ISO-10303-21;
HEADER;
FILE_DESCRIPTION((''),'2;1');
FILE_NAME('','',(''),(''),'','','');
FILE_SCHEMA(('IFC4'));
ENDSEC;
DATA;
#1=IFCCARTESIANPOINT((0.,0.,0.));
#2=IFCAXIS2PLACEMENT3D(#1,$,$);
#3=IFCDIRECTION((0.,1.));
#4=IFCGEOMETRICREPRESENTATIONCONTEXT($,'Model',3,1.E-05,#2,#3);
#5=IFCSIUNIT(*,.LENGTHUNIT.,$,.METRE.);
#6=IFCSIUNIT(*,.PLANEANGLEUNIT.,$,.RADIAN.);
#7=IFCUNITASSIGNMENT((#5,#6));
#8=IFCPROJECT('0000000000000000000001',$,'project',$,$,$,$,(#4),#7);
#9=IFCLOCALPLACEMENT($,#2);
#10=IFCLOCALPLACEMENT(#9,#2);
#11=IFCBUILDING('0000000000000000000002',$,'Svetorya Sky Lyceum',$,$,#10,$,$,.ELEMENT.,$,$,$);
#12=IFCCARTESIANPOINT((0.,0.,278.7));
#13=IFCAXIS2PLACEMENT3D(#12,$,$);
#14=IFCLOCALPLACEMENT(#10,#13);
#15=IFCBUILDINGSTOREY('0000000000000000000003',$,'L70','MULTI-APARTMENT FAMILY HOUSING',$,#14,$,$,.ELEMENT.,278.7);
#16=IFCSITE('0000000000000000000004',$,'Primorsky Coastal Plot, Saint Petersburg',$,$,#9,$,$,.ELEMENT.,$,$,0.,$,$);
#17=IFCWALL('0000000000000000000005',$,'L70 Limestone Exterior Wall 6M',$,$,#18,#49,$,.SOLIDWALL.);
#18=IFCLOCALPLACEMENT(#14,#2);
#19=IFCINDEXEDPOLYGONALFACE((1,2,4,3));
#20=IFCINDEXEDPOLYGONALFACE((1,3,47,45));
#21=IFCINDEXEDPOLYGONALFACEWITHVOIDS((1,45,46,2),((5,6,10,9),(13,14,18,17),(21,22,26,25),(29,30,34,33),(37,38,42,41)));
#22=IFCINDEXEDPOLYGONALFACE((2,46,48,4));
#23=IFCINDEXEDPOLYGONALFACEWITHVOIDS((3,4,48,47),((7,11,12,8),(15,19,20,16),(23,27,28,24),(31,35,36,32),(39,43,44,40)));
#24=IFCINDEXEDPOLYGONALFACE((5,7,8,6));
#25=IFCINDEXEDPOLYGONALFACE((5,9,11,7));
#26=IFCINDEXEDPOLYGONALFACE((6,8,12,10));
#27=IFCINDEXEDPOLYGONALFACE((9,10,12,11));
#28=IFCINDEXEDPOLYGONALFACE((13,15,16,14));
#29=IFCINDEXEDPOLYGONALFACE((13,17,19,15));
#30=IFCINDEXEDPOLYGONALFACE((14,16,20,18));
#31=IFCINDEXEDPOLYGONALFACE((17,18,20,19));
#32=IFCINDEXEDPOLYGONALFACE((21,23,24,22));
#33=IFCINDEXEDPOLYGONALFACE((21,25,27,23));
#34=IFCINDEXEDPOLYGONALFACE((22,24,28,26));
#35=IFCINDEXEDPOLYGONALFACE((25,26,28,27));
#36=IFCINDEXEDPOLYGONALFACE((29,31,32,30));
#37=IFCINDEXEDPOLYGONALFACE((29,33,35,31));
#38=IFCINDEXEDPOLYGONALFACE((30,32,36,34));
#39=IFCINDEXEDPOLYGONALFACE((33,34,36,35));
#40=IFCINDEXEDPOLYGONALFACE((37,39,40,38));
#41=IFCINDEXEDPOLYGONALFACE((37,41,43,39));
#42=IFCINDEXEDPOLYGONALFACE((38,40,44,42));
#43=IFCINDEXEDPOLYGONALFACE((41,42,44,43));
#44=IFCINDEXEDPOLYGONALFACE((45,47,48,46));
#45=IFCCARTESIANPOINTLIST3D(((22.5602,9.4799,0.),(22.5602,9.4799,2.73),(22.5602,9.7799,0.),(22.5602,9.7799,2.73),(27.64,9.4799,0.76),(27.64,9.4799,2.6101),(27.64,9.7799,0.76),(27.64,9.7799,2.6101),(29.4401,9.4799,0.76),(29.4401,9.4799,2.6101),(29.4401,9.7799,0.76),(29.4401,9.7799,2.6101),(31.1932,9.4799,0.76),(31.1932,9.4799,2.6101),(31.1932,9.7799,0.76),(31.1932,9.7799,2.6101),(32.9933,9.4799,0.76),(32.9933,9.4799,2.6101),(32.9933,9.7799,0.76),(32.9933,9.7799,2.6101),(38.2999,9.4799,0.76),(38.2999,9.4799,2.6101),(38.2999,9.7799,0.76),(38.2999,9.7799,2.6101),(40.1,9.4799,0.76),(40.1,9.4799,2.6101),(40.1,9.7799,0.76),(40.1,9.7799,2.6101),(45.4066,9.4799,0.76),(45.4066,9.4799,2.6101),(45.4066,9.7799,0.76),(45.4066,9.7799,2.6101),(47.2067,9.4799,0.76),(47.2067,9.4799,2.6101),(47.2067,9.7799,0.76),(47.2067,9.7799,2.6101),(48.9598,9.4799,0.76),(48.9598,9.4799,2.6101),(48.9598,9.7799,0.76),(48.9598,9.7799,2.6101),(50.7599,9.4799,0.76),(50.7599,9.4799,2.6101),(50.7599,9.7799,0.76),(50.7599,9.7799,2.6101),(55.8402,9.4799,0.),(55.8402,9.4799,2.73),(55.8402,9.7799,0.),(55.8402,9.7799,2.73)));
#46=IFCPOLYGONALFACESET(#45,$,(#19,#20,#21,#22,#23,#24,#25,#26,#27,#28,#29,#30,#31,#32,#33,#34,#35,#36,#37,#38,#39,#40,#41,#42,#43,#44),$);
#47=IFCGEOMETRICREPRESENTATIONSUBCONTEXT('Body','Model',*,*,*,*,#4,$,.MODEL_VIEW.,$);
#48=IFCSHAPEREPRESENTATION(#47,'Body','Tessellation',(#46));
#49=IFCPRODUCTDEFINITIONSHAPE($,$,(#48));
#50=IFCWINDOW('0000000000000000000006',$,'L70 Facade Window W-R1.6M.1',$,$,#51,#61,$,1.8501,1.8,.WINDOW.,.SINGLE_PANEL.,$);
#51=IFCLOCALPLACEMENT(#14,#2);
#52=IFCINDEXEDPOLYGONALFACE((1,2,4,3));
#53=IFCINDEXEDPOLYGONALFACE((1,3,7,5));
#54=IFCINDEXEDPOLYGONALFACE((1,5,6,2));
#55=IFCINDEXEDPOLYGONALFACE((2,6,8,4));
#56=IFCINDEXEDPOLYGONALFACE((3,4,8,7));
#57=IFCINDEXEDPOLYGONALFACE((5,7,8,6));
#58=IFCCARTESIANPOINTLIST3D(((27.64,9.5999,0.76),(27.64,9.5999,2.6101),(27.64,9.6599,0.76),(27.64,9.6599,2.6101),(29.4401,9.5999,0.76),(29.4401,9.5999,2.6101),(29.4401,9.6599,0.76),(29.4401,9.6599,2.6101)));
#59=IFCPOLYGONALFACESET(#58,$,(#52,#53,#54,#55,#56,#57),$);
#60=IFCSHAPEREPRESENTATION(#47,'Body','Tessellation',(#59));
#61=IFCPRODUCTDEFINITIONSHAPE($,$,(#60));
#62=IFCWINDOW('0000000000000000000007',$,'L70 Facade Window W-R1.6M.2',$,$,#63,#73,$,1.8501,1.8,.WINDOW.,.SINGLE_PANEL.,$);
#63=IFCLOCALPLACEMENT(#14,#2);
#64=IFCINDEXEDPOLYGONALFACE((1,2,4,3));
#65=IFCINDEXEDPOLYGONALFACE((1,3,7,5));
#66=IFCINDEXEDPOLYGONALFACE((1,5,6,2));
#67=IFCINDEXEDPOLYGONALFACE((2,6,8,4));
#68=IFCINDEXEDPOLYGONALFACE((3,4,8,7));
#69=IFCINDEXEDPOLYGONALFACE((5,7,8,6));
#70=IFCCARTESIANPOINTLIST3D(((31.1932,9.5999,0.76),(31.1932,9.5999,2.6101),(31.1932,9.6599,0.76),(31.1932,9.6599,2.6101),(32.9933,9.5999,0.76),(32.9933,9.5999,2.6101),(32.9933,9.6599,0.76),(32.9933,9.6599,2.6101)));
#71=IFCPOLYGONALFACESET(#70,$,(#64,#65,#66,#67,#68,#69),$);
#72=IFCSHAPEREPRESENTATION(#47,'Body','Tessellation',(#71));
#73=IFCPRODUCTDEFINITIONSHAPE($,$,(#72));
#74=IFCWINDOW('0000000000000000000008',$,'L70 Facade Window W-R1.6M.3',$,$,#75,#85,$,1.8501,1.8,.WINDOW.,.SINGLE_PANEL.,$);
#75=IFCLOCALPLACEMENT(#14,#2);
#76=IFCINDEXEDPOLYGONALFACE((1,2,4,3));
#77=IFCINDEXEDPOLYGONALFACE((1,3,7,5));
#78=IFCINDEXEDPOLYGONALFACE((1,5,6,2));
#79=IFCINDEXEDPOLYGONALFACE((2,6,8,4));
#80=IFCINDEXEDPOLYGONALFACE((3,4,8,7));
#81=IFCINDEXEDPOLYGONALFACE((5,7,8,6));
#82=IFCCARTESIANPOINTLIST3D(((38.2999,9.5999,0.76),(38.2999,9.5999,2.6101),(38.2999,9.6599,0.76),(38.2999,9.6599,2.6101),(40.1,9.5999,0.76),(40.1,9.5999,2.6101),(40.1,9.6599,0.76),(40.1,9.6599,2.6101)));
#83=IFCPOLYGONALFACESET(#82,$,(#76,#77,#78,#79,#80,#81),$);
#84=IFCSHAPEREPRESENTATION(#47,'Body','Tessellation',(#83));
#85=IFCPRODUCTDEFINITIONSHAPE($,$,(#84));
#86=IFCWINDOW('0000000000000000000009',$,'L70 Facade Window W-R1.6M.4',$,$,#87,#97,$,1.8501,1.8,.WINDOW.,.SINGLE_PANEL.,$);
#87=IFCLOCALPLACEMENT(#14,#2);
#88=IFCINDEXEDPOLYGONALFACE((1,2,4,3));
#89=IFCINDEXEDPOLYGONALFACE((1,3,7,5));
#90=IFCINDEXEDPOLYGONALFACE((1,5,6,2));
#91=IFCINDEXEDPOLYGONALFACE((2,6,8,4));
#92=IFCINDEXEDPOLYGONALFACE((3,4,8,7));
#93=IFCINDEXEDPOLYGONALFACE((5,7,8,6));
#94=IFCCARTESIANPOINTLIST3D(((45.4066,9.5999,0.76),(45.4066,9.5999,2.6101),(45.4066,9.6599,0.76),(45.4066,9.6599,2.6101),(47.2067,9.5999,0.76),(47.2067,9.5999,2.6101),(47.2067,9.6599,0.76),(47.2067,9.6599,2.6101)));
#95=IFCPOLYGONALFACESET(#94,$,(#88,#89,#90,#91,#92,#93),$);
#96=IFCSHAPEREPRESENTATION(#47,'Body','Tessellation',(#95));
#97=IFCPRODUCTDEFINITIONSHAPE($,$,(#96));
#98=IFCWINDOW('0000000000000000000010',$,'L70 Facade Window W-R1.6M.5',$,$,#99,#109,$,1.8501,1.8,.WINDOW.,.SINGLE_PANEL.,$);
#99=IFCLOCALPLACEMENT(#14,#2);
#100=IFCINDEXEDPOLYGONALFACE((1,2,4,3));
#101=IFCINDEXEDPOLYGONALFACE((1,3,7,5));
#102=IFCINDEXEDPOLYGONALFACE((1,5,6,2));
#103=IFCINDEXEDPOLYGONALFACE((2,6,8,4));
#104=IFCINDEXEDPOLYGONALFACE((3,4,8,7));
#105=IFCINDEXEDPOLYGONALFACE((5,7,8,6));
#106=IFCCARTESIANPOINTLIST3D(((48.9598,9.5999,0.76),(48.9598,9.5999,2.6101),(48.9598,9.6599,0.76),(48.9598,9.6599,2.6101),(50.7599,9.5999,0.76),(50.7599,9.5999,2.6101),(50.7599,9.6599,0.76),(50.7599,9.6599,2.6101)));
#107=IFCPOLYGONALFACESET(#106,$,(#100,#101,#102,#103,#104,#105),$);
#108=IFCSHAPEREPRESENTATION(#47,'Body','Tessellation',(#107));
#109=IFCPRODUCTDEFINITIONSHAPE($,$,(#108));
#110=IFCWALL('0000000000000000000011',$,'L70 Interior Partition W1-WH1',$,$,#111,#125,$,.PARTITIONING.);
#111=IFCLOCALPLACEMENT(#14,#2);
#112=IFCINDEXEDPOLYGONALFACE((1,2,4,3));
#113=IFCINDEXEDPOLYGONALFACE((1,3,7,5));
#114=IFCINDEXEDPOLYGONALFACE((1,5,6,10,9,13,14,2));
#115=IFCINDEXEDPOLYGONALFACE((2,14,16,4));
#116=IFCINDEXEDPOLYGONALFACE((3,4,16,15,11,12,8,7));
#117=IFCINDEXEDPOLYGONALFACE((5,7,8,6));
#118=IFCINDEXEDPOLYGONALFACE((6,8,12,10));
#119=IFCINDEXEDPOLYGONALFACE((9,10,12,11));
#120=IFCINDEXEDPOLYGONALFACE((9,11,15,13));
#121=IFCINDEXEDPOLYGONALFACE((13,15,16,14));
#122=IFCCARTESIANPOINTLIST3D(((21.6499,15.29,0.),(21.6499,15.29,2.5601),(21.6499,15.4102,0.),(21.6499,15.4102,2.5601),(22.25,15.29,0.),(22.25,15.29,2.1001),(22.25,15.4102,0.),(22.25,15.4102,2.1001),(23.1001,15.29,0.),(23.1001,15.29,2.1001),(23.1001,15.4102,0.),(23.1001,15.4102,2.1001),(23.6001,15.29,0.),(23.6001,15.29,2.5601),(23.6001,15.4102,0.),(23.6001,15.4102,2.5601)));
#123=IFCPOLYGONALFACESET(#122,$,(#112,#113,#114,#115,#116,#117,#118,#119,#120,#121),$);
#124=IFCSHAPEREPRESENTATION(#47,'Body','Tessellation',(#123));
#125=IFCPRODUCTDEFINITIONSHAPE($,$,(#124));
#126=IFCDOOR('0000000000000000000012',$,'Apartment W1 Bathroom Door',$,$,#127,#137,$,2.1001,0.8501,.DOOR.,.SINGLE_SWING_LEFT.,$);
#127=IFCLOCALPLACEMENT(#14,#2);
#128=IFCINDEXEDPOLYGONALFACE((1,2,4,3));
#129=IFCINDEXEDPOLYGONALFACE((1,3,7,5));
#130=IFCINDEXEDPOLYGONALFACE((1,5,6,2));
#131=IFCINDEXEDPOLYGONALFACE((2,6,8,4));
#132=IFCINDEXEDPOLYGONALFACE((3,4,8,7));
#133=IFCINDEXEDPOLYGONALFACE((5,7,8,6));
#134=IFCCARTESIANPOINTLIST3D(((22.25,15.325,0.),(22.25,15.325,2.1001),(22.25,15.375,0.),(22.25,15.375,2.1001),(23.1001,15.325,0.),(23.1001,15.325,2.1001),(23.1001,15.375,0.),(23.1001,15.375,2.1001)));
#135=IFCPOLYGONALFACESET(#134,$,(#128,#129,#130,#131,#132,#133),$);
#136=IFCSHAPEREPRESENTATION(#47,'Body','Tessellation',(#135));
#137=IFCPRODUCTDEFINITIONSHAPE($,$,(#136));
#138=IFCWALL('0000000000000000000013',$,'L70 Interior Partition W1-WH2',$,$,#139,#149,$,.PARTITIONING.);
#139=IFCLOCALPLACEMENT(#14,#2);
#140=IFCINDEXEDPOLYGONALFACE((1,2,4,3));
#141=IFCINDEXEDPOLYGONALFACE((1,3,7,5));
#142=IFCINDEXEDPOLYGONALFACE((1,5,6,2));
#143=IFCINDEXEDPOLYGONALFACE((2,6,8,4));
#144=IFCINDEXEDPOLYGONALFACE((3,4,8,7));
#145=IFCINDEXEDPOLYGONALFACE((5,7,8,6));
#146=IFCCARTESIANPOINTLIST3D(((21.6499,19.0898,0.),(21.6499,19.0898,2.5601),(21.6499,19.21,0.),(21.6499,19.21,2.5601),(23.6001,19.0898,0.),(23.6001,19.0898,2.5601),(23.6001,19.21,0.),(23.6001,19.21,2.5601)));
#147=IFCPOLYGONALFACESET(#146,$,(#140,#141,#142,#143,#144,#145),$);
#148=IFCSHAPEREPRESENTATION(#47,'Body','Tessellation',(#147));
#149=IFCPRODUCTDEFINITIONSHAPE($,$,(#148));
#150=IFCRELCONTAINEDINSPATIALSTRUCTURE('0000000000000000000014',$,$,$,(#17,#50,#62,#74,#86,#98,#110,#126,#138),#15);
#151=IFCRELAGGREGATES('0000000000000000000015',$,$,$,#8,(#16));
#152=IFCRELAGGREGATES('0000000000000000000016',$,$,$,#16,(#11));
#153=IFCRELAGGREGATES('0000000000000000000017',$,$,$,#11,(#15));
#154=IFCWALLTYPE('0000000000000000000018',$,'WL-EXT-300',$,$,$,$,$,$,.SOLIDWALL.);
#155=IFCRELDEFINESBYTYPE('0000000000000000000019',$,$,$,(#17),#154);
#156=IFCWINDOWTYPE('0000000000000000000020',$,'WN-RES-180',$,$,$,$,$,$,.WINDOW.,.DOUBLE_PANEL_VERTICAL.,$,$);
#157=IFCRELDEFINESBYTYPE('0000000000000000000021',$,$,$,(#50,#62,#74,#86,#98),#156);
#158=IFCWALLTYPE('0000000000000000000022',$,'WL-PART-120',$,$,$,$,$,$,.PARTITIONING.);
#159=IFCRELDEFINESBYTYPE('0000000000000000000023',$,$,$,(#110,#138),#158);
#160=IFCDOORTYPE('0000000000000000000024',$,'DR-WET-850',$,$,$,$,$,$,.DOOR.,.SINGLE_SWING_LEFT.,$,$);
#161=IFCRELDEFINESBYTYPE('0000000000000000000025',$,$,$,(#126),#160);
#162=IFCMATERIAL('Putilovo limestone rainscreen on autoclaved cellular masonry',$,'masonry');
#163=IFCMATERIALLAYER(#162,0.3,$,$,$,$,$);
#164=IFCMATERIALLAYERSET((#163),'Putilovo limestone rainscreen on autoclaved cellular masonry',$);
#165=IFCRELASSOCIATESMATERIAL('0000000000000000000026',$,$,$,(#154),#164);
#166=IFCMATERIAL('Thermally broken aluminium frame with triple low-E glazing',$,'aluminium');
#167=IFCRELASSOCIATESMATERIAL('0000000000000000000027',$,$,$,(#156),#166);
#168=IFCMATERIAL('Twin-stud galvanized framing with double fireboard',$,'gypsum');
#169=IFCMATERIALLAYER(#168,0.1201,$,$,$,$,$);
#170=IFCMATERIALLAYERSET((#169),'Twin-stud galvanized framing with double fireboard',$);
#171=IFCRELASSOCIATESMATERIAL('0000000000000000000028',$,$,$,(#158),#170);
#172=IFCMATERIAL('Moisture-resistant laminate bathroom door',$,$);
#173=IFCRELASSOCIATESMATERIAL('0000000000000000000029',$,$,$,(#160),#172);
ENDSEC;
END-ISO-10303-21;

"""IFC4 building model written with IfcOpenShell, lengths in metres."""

from ifc_helpers import new_model, si_unit, direction, frame, frame_2d, origin, place, context, subcontext, project, spatial, rectangle, extrude, material, layer, layer_set, type_object, element, fill, save


model = new_model("IFC4")

# Units and contexts
model_context = context("Model", 3, precision=1e-05, world=origin(), true_north=direction((0.0, 1.0)))
body_context = subcontext(model_context, "Body", "Model", "MODEL_VIEW")
ifc_project = project(units=[si_unit("LENGTHUNIT", "METRE"), si_unit("PLANEANGLEUNIT", "RADIAN")], contexts=[model_context])

# Site, building, storey
site_placement = place(None, origin())
site = spatial("IfcSite", under=ifc_project, at=site_placement, Name="Primorsky Coastal Plot, Saint Petersburg", CompositionType="ELEMENT", RefElevation=0.0)
building_placement = place(site_placement, origin())
building = spatial("IfcBuilding", under=site, at=building_placement, Name="Svetorya Sky Lyceum", CompositionType="ELEMENT")
storey_placement = place(building_placement, frame((0.0, 0.0, 278.7)))
storey = spatial("IfcBuildingStorey", under=building, at=storey_placement, Name="L70", Description="MULTI-APARTMENT FAMILY HOUSING", CompositionType="ELEMENT", Elevation=278.7)

# Shared definitions
ifc_material_1 = material(Name="Putilovo limestone rainscreen on autoclaved cellular masonry", Category="masonry")
ifc_layer_1 = layer(ifc_material_1, 0.3)
ifc_layer_set_1 = layer_set([ifc_layer_1], Name="Putilovo limestone rainscreen on autoclaved cellular masonry")
wall_type_1 = type_object("IfcWallType", Name="WL-EXT-300", PredefinedType="SOLIDWALL", material=ifc_layer_set_1)

# Wall, openings, windows
wall_1_placement = place(storey_placement, frame((22.5601, 9.6299, 0.0), z_axis=(0.0, 0.0, 1.0), x_axis=(1.0, 0.0, 0.0)))
wall_1 = element("IfcWall", 1, at=wall_1_placement, inside=storey, type_object=wall_type_1, Name="L70 Limestone Exterior Wall 6M", PredefinedType="SOLIDWALL", context=body_context, shape_type="SweptSolid", body=[
    extrude(rectangle(XDim=33.28, YDim=0.3, at=frame_2d((16.6401, 0.0))), origin(), (0.0, 0.0, 1.0), 2.73),
])
opening_1_placement = place(wall_1_placement, frame((5.0801, 0.0, 0.76)))
opening_1 = element("IfcOpeningElement", 2, at=opening_1_placement, cuts=wall_1, PredefinedType="OPENING", context=body_context, shape_type="SweptSolid", body=[
    extrude(rectangle(XDim=1.8, YDim=1.8501, at=frame_2d((0.8999, 0.925))), frame((0.0, 0.1599, 0.0), z_axis=(0.0, -1.0, 0.0), x_axis=(1.0, 0.0, 0.0)), (0.0, 0.0, 1.0), 0.3201),
])
opening_2_placement = place(wall_1_placement, frame((8.6333, 0.0, 0.76)))
opening_2 = element("IfcOpeningElement", 3, at=opening_2_placement, cuts=wall_1, PredefinedType="OPENING", context=body_context, shape_type="SweptSolid", body=[
    extrude(rectangle(XDim=1.8, YDim=1.8501, at=frame_2d((0.8999, 0.925))), frame((0.0, 0.1599, 0.0), z_axis=(0.0, -1.0, 0.0), x_axis=(1.0, 0.0, 0.0)), (0.0, 0.0, 1.0), 0.3201),
])
opening_3_placement = place(wall_1_placement, frame((15.74, 0.0, 0.76)))
opening_3 = element("IfcOpeningElement", 4, at=opening_3_placement, cuts=wall_1, PredefinedType="OPENING", context=body_context, shape_type="SweptSolid", body=[
    extrude(rectangle(XDim=1.8, YDim=1.8501, at=frame_2d((0.8999, 0.925))), frame((0.0, 0.1599, 0.0), z_axis=(0.0, -1.0, 0.0), x_axis=(1.0, 0.0, 0.0)), (0.0, 0.0, 1.0), 0.3201),
])
opening_4_placement = place(wall_1_placement, frame((22.8467, 0.0, 0.76)))
opening_4 = element("IfcOpeningElement", 5, at=opening_4_placement, cuts=wall_1, PredefinedType="OPENING", context=body_context, shape_type="SweptSolid", body=[
    extrude(rectangle(XDim=1.8, YDim=1.8501, at=frame_2d((0.8999, 0.925))), frame((0.0, 0.1599, 0.0), z_axis=(0.0, -1.0, 0.0), x_axis=(1.0, 0.0, 0.0)), (0.0, 0.0, 1.0), 0.3201),
])
opening_5_placement = place(wall_1_placement, frame((26.3999, 0.0, 0.76)))
opening_5 = element("IfcOpeningElement", 6, at=opening_5_placement, cuts=wall_1, PredefinedType="OPENING", context=body_context, shape_type="SweptSolid", body=[
    extrude(rectangle(XDim=1.8, YDim=1.8501, at=frame_2d((0.8999, 0.925))), frame((0.0, 0.1599, 0.0), z_axis=(0.0, -1.0, 0.0), x_axis=(1.0, 0.0, 0.0)), (0.0, 0.0, 1.0), 0.3201),
])
ifc_material_2 = material(Name="Thermally broken aluminium frame with triple low-E glazing", Category="aluminium")
window_type = type_object("IfcWindowType", Name="WN-RES-180", PartitioningType="DOUBLE_PANEL_VERTICAL", PredefinedType="WINDOW", material=ifc_material_2)
window_1_placement = place(opening_1_placement, origin())
window_1 = element("IfcWindow", 7, at=window_1_placement, inside=storey, type_object=window_type, Name="L70 Facade Window W-R1.6M.1", OverallHeight=1.8501, OverallWidth=1.8, PartitioningType="SINGLE_PANEL", PredefinedType="WINDOW", context=body_context, shape_type="SweptSolid", body=[
    extrude(rectangle(XDim=1.8, YDim=1.8501, at=frame_2d((0.8999, 0.925))), frame((0.0, 0.03, 0.0), z_axis=(0.0, -1.0, 0.0), x_axis=(1.0, 0.0, 0.0)), (0.0, 0.0, 1.0), 0.0601),
])
fill(opening_1, window_1)
window_2_placement = place(opening_2_placement, origin())
window_2 = element("IfcWindow", 8, at=window_2_placement, inside=storey, type_object=window_type, Name="L70 Facade Window W-R1.6M.2", OverallHeight=1.8501, OverallWidth=1.8, PartitioningType="SINGLE_PANEL", PredefinedType="WINDOW", context=body_context, shape_type="SweptSolid", body=[
    extrude(rectangle(XDim=1.8, YDim=1.8501, at=frame_2d((0.8999, 0.925))), frame((0.0, 0.03, 0.0), z_axis=(0.0, -1.0, 0.0), x_axis=(1.0, 0.0, 0.0)), (0.0, 0.0, 1.0), 0.0601),
])
fill(opening_2, window_2)
window_3_placement = place(opening_3_placement, origin())
window_3 = element("IfcWindow", 9, at=window_3_placement, inside=storey, type_object=window_type, Name="L70 Facade Window W-R1.6M.3", OverallHeight=1.8501, OverallWidth=1.8, PartitioningType="SINGLE_PANEL", PredefinedType="WINDOW", context=body_context, shape_type="SweptSolid", body=[
    extrude(rectangle(XDim=1.8, YDim=1.8501, at=frame_2d((0.8999, 0.925))), frame((0.0, 0.03, 0.0), z_axis=(0.0, -1.0, 0.0), x_axis=(1.0, 0.0, 0.0)), (0.0, 0.0, 1.0), 0.0601),
])
fill(opening_3, window_3)
window_4_placement = place(opening_4_placement, origin())
window_4 = element("IfcWindow", 10, at=window_4_placement, inside=storey, type_object=window_type, Name="L70 Facade Window W-R1.6M.4", OverallHeight=1.8501, OverallWidth=1.8, PartitioningType="SINGLE_PANEL", PredefinedType="WINDOW", context=body_context, shape_type="SweptSolid", body=[
    extrude(rectangle(XDim=1.8, YDim=1.8501, at=frame_2d((0.8999, 0.925))), frame((0.0, 0.03, 0.0), z_axis=(0.0, -1.0, 0.0), x_axis=(1.0, 0.0, 0.0)), (0.0, 0.0, 1.0), 0.0601),
])
fill(opening_4, window_4)
window_5_placement = place(opening_5_placement, origin())
window_5 = element("IfcWindow", 11, at=window_5_placement, inside=storey, type_object=window_type, Name="L70 Facade Window W-R1.6M.5", OverallHeight=1.8501, OverallWidth=1.8, PartitioningType="SINGLE_PANEL", PredefinedType="WINDOW", context=body_context, shape_type="SweptSolid", body=[
    extrude(rectangle(XDim=1.8, YDim=1.8501, at=frame_2d((0.8999, 0.925))), frame((0.0, 0.03, 0.0), z_axis=(0.0, -1.0, 0.0), x_axis=(1.0, 0.0, 0.0)), (0.0, 0.0, 1.0), 0.0601),
])
fill(opening_5, window_5)

# Wall, opening, door
ifc_material_3 = material(Name="Twin-stud galvanized framing with double fireboard", Category="gypsum")
ifc_layer_2 = layer(ifc_material_3, 0.1201)
ifc_layer_set_2 = layer_set([ifc_layer_2], Name="Twin-stud galvanized framing with double fireboard")
wall_type_2 = type_object("IfcWallType", Name="WL-PART-120", PredefinedType="PARTITIONING", material=ifc_layer_set_2)
wall_2_placement = place(storey_placement, frame((21.6499, 15.3501, 0.0), z_axis=(0.0, 0.0, 1.0), x_axis=(1.0, 0.0, 0.0)))
wall_2 = element("IfcWall", 12, at=wall_2_placement, inside=storey, type_object=wall_type_2, Name="L70 Interior Partition W1-WH1", PredefinedType="PARTITIONING", context=body_context, shape_type="SweptSolid", body=[
    extrude(rectangle(XDim=1.9502, YDim=0.1201, at=frame_2d((0.9751, 0.0))), origin(), (0.0, 0.0, 1.0), 2.5601),
])
opening_6_placement = place(wall_2_placement, frame((0.6001, 0.0, 0.0)))
opening_6 = element("IfcOpeningElement", 13, at=opening_6_placement, cuts=wall_2, PredefinedType="OPENING", context=body_context, shape_type="SweptSolid", body=[
    extrude(rectangle(XDim=0.8501, YDim=2.1001, at=frame_2d((0.425, 1.05))), frame((0.0, 0.0701, 0.0), z_axis=(0.0, -1.0, 0.0), x_axis=(1.0, 0.0, 0.0)), (0.0, 0.0, 1.0), 0.1401),
])
ifc_material_4 = material(Name="Moisture-resistant laminate bathroom door")
door_type_1 = type_object("IfcDoorType", Name="DR-WET-850", OperationType="SINGLE_SWING_LEFT", PredefinedType="DOOR", material=ifc_material_4)
door_1_placement = place(opening_6_placement, origin())
door_1 = element("IfcDoor", 14, at=door_1_placement, inside=storey, type_object=door_type_1, Name="Apartment W1 Bathroom Door", OperationType="SINGLE_SWING_LEFT", OverallHeight=2.1001, OverallWidth=0.8501, PredefinedType="DOOR", context=body_context, shape_type="SweptSolid", body=[
    extrude(rectangle(XDim=0.8501, YDim=2.1001, at=frame_2d((0.425, 1.05))), frame((0.0, 0.0249, 0.0), z_axis=(0.0, -1.0, 0.0), x_axis=(1.0, 0.0, 0.0)), (0.0, 0.0, 1.0), 0.05),
])
fill(opening_6, door_1)

# Wall
wall_3_placement = place(storey_placement, frame((21.6499, 19.1499, 0.0), z_axis=(0.0, 0.0, 1.0), x_axis=(1.0, 0.0, 0.0)))
element("IfcWall", 15, at=wall_3_placement, inside=storey, type_object=wall_type_2, Name="L70 Interior Partition W1-WH2", PredefinedType="PARTITIONING", context=body_context, shape_type="SweptSolid", body=[
    extrude(rectangle(XDim=1.9502, YDim=0.1201, at=frame_2d((0.9751, 0.0))), origin(), (0.0, 0.0, 1.0), 2.5601),
])

save(model, "model.ifc")
